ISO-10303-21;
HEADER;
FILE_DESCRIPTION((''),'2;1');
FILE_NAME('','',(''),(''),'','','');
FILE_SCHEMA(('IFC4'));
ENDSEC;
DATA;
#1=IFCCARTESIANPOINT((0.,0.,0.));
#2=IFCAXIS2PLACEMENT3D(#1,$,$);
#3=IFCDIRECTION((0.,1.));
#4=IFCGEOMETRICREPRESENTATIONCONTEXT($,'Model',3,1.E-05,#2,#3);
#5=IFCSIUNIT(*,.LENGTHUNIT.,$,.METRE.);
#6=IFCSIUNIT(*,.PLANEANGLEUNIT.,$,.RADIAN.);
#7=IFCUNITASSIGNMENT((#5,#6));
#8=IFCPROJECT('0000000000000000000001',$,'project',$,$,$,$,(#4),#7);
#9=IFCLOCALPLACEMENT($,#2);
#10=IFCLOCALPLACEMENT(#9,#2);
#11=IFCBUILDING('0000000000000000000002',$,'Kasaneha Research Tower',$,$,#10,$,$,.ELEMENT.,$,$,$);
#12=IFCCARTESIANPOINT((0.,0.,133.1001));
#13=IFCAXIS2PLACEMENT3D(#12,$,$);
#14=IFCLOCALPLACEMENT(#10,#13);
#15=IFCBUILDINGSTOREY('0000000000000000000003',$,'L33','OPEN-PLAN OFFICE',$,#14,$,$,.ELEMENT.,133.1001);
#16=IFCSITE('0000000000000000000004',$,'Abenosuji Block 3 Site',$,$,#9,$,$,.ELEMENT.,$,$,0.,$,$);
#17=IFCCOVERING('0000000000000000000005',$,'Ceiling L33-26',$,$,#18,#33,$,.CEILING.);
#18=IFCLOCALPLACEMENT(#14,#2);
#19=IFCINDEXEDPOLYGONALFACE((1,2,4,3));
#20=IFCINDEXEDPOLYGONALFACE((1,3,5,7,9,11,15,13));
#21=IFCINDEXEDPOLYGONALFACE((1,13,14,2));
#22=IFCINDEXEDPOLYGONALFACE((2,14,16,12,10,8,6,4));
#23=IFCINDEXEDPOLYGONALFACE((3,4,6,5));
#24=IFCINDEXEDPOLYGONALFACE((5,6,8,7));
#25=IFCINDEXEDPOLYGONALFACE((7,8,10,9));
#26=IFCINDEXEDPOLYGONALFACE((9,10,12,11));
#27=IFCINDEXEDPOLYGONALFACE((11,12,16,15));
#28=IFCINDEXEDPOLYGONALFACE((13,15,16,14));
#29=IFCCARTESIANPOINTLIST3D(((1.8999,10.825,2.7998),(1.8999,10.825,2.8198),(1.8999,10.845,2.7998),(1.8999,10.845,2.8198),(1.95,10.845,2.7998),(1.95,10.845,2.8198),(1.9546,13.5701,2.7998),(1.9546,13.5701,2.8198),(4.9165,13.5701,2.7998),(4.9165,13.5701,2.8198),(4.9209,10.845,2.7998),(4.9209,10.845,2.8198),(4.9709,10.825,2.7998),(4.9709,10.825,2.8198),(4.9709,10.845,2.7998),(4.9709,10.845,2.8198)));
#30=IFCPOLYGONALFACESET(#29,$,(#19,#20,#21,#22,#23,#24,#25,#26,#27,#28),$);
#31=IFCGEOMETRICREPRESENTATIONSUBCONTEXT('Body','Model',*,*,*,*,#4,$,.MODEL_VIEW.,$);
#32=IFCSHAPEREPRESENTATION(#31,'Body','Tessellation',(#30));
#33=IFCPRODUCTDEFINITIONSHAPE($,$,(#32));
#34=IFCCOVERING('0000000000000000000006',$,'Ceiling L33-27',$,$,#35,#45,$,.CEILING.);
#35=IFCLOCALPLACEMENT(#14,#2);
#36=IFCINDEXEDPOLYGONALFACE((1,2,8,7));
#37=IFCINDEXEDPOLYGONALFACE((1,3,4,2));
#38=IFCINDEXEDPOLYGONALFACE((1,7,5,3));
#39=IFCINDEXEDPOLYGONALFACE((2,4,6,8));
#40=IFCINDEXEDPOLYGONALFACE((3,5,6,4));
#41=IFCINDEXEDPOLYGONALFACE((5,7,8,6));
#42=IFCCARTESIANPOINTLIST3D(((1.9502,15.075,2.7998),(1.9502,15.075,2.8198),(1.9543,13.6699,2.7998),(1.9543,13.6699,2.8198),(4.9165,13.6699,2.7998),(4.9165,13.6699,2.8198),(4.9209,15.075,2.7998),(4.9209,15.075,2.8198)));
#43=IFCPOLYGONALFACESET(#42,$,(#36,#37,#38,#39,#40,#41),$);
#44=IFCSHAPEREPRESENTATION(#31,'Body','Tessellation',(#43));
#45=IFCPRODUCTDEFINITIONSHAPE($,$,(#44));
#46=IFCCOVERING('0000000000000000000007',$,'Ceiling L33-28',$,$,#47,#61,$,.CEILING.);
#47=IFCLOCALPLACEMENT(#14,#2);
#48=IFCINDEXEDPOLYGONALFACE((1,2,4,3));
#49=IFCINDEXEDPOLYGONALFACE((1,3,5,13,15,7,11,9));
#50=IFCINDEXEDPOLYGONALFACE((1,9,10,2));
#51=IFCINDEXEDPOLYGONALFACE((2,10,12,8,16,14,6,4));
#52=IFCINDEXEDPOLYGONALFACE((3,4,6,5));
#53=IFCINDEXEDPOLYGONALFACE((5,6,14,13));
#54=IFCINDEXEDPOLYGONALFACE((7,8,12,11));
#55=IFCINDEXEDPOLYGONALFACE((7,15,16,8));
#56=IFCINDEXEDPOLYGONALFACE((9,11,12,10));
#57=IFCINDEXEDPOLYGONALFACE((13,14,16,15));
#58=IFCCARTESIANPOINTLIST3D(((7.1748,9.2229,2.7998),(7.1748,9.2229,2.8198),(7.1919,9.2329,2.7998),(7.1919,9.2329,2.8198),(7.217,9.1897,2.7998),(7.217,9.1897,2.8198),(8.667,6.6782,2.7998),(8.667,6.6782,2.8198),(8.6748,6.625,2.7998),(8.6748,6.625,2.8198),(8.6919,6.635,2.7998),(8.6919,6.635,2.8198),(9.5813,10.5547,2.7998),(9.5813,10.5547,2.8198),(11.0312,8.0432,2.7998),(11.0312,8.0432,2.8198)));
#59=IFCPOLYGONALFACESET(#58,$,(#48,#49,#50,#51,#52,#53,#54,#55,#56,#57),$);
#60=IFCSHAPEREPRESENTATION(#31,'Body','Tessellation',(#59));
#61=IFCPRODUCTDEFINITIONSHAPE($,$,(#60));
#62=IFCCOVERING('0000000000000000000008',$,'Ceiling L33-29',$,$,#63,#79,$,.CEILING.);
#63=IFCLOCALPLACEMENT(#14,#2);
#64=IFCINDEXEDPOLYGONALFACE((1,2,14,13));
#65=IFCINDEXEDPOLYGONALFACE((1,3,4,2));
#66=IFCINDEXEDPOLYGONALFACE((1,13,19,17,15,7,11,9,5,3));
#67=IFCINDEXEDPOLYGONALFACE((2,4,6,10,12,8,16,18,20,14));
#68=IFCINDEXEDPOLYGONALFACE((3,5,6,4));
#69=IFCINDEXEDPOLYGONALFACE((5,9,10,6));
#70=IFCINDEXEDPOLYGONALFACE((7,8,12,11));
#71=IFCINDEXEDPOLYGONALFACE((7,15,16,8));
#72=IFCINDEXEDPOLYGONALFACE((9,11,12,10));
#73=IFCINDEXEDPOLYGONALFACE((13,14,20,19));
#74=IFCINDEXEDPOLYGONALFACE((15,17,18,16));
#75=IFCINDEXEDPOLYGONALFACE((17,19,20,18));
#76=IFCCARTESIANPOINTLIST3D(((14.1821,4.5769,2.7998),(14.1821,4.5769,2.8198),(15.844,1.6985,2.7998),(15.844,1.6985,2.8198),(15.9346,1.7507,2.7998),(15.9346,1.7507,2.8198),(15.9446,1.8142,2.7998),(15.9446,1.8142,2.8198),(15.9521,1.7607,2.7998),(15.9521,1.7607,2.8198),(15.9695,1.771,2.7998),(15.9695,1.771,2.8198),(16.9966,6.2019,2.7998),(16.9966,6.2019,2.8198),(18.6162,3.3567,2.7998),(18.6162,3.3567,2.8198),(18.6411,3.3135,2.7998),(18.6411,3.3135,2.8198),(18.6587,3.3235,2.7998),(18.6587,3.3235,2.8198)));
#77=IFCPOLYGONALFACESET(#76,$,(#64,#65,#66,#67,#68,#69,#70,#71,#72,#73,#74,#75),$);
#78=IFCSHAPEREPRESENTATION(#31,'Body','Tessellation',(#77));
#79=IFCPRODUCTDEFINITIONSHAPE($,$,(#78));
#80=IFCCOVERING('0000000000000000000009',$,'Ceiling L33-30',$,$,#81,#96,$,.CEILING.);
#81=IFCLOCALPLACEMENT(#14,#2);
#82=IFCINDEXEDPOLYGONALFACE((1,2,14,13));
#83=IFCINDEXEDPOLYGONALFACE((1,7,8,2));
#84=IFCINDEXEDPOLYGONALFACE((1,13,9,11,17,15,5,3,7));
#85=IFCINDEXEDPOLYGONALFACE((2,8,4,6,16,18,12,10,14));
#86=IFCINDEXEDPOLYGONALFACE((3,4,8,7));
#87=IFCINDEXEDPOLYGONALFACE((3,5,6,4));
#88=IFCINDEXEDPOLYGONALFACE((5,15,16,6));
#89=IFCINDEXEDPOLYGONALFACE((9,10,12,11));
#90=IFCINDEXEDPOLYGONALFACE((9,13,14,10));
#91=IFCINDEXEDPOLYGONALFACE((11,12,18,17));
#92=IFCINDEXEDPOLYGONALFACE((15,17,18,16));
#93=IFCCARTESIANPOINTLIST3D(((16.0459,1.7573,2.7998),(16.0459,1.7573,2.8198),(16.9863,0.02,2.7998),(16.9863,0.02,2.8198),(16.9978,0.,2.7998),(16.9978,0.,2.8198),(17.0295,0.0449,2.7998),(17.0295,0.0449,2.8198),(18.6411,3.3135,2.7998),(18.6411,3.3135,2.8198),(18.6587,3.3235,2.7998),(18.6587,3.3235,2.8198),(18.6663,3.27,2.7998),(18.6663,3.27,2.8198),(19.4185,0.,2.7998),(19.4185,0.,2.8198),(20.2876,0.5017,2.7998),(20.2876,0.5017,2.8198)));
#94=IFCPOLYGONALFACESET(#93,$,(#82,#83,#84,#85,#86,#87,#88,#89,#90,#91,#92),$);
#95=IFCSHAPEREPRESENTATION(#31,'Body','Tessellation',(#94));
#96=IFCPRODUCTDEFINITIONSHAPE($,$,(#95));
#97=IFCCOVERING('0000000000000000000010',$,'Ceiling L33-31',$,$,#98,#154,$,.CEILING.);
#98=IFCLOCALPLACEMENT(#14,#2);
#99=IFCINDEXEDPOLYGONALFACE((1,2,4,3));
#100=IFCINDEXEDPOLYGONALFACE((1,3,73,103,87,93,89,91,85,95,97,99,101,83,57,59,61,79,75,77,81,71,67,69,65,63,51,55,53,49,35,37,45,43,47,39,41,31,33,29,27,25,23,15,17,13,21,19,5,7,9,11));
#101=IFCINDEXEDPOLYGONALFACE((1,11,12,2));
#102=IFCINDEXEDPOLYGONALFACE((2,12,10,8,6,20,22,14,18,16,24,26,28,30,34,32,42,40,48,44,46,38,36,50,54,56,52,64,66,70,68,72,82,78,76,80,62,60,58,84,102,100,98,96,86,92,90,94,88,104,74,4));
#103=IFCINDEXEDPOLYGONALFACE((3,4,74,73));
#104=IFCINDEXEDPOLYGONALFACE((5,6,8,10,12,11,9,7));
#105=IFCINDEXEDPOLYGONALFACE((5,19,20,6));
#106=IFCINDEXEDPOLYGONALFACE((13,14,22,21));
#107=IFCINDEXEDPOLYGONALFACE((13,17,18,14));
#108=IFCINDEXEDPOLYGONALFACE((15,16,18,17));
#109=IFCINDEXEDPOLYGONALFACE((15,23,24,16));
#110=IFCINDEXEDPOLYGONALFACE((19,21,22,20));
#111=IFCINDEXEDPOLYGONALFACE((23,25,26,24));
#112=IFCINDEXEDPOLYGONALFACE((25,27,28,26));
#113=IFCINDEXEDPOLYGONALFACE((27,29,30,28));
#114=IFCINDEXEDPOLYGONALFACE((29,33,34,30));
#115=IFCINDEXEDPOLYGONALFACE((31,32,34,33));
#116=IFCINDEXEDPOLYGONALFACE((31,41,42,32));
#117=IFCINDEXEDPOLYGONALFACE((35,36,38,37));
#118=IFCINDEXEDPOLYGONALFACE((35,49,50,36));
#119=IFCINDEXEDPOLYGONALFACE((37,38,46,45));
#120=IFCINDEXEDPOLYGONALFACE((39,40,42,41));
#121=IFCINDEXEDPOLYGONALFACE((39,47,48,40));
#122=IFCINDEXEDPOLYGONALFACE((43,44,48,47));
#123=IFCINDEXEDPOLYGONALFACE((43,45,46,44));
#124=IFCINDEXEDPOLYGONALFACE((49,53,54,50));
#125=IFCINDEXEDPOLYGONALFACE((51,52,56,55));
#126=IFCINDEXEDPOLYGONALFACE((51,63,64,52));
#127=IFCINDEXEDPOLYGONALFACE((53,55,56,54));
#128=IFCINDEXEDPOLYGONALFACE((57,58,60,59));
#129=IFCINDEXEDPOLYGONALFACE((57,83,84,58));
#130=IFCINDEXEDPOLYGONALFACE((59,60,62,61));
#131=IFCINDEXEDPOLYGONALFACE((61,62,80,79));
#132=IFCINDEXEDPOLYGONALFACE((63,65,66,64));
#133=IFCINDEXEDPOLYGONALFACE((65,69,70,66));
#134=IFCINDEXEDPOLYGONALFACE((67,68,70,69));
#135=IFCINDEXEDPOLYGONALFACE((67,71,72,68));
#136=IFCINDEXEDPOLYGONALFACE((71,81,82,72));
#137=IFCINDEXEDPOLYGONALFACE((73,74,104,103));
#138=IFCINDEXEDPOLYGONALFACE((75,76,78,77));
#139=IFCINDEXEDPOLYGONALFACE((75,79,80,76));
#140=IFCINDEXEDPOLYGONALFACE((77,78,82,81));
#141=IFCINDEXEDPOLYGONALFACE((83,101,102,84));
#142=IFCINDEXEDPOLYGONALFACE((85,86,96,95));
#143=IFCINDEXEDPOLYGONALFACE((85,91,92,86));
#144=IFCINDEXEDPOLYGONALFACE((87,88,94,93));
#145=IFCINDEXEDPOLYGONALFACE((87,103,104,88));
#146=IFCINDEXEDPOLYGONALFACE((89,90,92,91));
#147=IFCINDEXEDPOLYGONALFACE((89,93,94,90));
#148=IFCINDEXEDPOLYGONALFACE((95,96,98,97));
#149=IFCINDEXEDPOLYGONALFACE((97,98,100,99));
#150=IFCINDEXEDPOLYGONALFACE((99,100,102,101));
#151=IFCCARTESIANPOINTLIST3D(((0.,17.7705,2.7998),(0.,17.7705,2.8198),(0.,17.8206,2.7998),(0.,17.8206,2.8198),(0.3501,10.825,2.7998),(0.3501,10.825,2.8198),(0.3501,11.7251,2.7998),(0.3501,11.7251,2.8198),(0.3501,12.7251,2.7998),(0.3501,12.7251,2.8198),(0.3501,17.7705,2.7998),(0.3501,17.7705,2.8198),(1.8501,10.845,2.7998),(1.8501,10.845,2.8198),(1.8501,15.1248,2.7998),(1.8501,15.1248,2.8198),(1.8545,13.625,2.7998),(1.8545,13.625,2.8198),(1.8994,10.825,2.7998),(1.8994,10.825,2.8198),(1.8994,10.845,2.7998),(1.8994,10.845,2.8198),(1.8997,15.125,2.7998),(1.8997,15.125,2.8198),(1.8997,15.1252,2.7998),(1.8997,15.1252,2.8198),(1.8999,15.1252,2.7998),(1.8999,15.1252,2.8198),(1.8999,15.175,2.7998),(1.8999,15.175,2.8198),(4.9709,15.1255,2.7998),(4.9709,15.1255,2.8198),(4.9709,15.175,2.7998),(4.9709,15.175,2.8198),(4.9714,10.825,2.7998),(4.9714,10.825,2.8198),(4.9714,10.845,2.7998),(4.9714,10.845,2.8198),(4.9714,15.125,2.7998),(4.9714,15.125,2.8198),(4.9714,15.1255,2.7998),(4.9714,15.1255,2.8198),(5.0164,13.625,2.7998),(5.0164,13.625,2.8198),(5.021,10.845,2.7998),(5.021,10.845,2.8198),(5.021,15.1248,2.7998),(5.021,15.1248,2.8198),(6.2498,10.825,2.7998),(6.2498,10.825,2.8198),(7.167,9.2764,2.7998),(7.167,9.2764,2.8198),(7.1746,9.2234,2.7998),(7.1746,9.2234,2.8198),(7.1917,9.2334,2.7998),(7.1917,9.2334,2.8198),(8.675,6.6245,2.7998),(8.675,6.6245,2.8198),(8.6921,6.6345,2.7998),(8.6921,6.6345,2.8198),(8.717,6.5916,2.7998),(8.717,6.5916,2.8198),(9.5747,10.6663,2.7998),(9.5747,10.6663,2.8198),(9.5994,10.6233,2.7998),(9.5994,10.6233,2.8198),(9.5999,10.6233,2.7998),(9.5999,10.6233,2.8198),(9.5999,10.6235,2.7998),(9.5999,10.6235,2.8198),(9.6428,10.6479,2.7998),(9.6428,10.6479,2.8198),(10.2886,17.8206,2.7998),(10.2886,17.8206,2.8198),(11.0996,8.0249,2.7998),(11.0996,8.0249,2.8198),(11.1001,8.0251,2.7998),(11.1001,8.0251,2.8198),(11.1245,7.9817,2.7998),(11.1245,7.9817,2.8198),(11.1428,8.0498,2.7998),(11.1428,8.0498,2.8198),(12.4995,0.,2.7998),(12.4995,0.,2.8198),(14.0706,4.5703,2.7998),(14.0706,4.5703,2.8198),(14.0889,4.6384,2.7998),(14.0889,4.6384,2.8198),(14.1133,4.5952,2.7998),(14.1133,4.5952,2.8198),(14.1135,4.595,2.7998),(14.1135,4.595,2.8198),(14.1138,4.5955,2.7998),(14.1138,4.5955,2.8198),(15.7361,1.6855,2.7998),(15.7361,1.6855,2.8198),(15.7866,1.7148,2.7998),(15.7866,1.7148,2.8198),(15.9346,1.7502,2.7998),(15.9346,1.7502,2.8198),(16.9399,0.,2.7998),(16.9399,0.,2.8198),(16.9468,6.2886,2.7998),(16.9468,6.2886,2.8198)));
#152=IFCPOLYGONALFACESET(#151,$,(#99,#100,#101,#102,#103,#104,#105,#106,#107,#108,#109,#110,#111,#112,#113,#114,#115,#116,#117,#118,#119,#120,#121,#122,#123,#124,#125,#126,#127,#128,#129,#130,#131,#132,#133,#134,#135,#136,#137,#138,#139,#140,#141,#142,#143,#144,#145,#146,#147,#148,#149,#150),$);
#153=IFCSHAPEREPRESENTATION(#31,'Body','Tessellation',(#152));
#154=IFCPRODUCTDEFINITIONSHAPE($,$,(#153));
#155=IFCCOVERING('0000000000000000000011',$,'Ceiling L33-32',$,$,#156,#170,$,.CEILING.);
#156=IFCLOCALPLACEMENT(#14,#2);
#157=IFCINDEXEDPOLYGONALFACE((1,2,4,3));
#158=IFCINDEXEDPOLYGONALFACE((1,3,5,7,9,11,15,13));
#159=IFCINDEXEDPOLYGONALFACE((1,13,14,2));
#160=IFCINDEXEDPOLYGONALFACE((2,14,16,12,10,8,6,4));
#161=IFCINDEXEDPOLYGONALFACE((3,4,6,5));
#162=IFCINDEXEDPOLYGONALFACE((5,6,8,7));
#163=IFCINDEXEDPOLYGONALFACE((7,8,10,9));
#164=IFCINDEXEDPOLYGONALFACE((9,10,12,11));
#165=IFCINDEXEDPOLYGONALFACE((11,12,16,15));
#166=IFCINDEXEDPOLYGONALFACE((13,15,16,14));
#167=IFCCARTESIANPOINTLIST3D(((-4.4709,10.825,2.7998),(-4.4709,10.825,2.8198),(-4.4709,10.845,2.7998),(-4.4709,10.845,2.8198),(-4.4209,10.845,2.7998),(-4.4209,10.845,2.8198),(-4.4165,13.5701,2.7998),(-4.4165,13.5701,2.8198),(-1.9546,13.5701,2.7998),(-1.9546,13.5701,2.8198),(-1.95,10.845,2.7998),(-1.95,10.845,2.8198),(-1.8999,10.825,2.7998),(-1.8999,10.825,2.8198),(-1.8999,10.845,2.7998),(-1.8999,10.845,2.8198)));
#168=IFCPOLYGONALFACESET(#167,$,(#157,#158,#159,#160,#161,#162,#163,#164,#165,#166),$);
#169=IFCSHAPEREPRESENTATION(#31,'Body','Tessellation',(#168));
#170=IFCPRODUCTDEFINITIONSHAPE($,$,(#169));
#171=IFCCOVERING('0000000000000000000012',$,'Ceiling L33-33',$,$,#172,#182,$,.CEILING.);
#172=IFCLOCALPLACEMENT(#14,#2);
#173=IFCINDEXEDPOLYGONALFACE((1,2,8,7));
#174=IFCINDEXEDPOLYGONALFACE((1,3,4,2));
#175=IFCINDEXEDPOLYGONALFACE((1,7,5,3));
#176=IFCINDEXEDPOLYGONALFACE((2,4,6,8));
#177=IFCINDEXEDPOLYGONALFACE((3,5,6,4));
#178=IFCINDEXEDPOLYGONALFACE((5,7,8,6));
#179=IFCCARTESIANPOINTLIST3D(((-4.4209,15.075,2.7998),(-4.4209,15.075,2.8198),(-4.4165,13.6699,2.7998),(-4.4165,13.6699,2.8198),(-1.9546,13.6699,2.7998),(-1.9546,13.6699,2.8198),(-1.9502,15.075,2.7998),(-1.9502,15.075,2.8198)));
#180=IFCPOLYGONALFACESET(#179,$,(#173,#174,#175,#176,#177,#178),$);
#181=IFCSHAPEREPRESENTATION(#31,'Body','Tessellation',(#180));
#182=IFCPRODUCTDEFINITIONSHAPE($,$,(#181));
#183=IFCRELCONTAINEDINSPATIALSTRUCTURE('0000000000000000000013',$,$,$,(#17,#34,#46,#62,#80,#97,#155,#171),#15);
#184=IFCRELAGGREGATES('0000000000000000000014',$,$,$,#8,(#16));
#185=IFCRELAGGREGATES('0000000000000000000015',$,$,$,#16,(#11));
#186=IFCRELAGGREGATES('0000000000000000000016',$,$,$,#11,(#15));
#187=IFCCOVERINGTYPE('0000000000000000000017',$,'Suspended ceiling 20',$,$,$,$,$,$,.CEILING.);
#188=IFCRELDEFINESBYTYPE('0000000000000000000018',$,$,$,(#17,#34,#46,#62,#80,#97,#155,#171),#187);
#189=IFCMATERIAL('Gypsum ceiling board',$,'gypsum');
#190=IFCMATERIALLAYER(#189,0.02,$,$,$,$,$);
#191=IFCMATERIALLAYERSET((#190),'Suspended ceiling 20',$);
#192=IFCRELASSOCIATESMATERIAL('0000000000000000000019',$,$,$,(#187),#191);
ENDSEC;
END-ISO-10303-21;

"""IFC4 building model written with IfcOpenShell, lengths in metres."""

from ifc_helpers import new_model, si_unit, direction, frame, origin, place, context, subcontext, project, spatial, polyline, outline, extrude, material, layer, layer_set, type_object, element, save


model = new_model("IFC4")

# Units and contexts
model_context = context("Model", 3, precision=1e-05, world=origin(), true_north=direction((0.0, 1.0)))
body_context = subcontext(model_context, "Body", "Model", "MODEL_VIEW")
ifc_project = project(units=[si_unit("LENGTHUNIT", "METRE"), si_unit("PLANEANGLEUNIT", "RADIAN")], contexts=[model_context])

# Site, building, storey
site_placement = place(None, origin())
site = spatial("IfcSite", under=ifc_project, at=site_placement, Name="Abenosuji Block 3 Site", CompositionType="ELEMENT", RefElevation=0.0)
building_placement = place(site_placement, origin())
building = spatial("IfcBuilding", under=site, at=building_placement, Name="Kasaneha Research Tower", CompositionType="ELEMENT")
storey_placement = place(building_placement, frame((0.0, 0.0, 133.1001)))
storey = spatial("IfcBuildingStorey", under=building, at=storey_placement, Name="L33", Description="OPEN-PLAN OFFICE", CompositionType="ELEMENT", Elevation=133.1001)

# Coverings
ifc_material_1 = material(Name="Gypsum ceiling board", Category="gypsum")
ifc_layer_1 = layer(ifc_material_1, 0.02)
ifc_layer_set_1 = layer_set([ifc_layer_1], Name="Suspended ceiling 20")
covering_type_1 = type_object("IfcCoveringType", Name="Suspended ceiling 20", PredefinedType="CEILING", material=ifc_layer_set_1)
covering_1_placement = place(storey_placement, frame((0.0, 0.0, 2.7998)))
element("IfcCovering", 1, at=covering_1_placement, inside=storey, type_object=covering_type_1, Name="Ceiling L33-26", PredefinedType="CEILING", context=body_context, shape_type="SweptSolid", body=[
    extrude(outline(polyline([(1.8999, 10.825), (1.8999, 10.845), (1.95, 10.845), (1.9546, 13.5701), (4.9165, 13.5701), (4.9209, 10.845), (4.9709, 10.845), (4.9709, 10.825), (1.8999, 10.825)])), origin(), (0.0, 0.0, 1.0), 0.02),
])
covering_2_placement = place(storey_placement, frame((0.0, 0.0, 2.7998)))
element("IfcCovering", 2, at=covering_2_placement, inside=storey, type_object=covering_type_1, Name="Ceiling L33-27", PredefinedType="CEILING", context=body_context, shape_type="SweptSolid", body=[
    extrude(outline(polyline([(4.9165, 13.6699), (1.9543, 13.6699), (1.9502, 15.075), (4.9209, 15.075), (4.9165, 13.6699)])), origin(), (0.0, 0.0, 1.0), 0.02),
])
covering_3_placement = place(storey_placement, frame((0.0, 0.0, 2.7998)))
element("IfcCovering", 3, at=covering_3_placement, inside=storey, type_object=covering_type_1, Name="Ceiling L33-28", PredefinedType="CEILING", context=body_context, shape_type="SweptSolid", body=[
    extrude(outline(polyline([(7.1748, 9.2229), (7.1919, 9.2329), (7.217, 9.1897), (9.5813, 10.5547), (11.0312, 8.0432), (8.667, 6.6782), (8.6919, 6.635), (8.6748, 6.625), (7.1748, 9.2229)])), origin(), (0.0, 0.0, 1.0), 0.02),
])
covering_4_placement = place(storey_placement, frame((0.0, 0.0, 2.7998)))
element("IfcCovering", 4, at=covering_4_placement, inside=storey, type_object=covering_type_1, Name="Ceiling L33-29", PredefinedType="CEILING", context=body_context, shape_type="SweptSolid", body=[
    extrude(outline(polyline([(18.6587, 3.3235), (18.6411, 3.3135), (18.6162, 3.3567), (15.9446, 1.8142), (15.9695, 1.771), (15.9521, 1.7607), (15.9346, 1.7507), (15.9346, 1.7507), (15.844, 1.6985), (14.1821, 4.5769), (16.9966, 6.2019), (18.6587, 3.3235)])), origin(), (0.0, 0.0, 1.0), 0.02),
])
covering_5_placement = place(storey_placement, frame((0.0, 0.0, 2.7998)))
element("IfcCovering", 5, at=covering_5_placement, inside=storey, type_object=covering_type_1, Name="Ceiling L33-30", PredefinedType="CEILING", context=body_context, shape_type="SweptSolid", body=[
    extrude(outline(polyline([(16.9978, 0.0), (16.9863, 0.02), (17.0295, 0.0449), (16.0459, 1.7573), (18.6663, 3.27), (18.6411, 3.3135), (18.6587, 3.3235), (20.2876, 0.5017), (19.4185, 0.0), (16.9978, 0.0)])), origin(), (0.0, 0.0, 1.0), 0.02),
])
covering_6_placement = place(storey_placement, frame((0.0, 0.0, 2.7998)))
element("IfcCovering", 6, at=covering_6_placement, inside=storey, type_object=covering_type_1, Name="Ceiling L33-31", PredefinedType="CEILING", context=body_context, shape_type="SweptSolid", body=[
    extrude(outline(polyline([(8.6921, 6.6345), (8.717, 6.5916), (11.1245, 7.9817), (11.0996, 8.0249), (11.1001, 8.0251), (11.1001, 8.0251), (11.1428, 8.0498), (9.6428, 10.6479), (9.5999, 10.6233), (9.5999, 10.6235), (9.5994, 10.6233), (9.5747, 10.6663), (7.167, 9.2764), (7.1917, 9.2334), (7.1746, 9.2234), (6.2498, 10.825), (4.9714, 10.825), (4.9714, 10.845), (5.021, 10.845), (5.0164, 13.625), (5.021, 15.1248), (4.9714, 15.125), (4.9714, 15.1255), (4.9709, 15.1255), (4.9709, 15.175), (1.8999, 15.175), (1.8999, 15.1252), (1.8997, 15.1252), (1.8997, 15.125), (1.8501, 15.1248), (1.8545, 13.625), (1.8501, 10.845), (1.8994, 10.845), (1.8994, 10.825), (0.3501, 10.825), (0.3501, 11.7251), (0.3501, 12.7251), (0.3501, 17.7705), (0.3501, 17.7705), (0.0, 17.7705), (0.0, 17.8206), (10.2886, 17.8206), (16.9468, 6.2886), (14.0889, 4.6384), (14.1138, 4.5955), (14.1133, 4.5952), (14.1135, 4.595), (14.0706, 4.5703), (15.7361, 1.6855), (15.7866, 1.7148), (15.9346, 1.7502), (16.9399, 0.0), (12.4995, 0.0), (8.675, 6.6245), (8.6921, 6.6345)])), origin(), (0.0, 0.0, 1.0), 0.02),
])
covering_7_placement = place(storey_placement, frame((0.0, 0.0, 2.7998)))
element("IfcCovering", 7, at=covering_7_placement, inside=storey, type_object=covering_type_1, Name="Ceiling L33-32", PredefinedType="CEILING", context=body_context, shape_type="SweptSolid", body=[
    extrude(outline(polyline([(-4.4709, 10.825), (-4.4709, 10.845), (-4.4209, 10.845), (-4.4165, 13.5701), (-1.9546, 13.5701), (-1.95, 10.845), (-1.8999, 10.845), (-1.8999, 10.825), (-4.4709, 10.825)])), origin(), (0.0, 0.0, 1.0), 0.02),
])
covering_8_placement = place(storey_placement, frame((0.0, 0.0, 2.7998)))
element("IfcCovering", 8, at=covering_8_placement, inside=storey, type_object=covering_type_1, Name="Ceiling L33-33", PredefinedType="CEILING", context=body_context, shape_type="SweptSolid", body=[
    extrude(outline(polyline([(-1.9502, 15.075), (-1.9546, 13.6699), (-4.4165, 13.6699), (-4.4209, 15.075), (-1.9502, 15.075)])), origin(), (0.0, 0.0, 1.0), 0.02),
])

save(model, "model.ifc")
